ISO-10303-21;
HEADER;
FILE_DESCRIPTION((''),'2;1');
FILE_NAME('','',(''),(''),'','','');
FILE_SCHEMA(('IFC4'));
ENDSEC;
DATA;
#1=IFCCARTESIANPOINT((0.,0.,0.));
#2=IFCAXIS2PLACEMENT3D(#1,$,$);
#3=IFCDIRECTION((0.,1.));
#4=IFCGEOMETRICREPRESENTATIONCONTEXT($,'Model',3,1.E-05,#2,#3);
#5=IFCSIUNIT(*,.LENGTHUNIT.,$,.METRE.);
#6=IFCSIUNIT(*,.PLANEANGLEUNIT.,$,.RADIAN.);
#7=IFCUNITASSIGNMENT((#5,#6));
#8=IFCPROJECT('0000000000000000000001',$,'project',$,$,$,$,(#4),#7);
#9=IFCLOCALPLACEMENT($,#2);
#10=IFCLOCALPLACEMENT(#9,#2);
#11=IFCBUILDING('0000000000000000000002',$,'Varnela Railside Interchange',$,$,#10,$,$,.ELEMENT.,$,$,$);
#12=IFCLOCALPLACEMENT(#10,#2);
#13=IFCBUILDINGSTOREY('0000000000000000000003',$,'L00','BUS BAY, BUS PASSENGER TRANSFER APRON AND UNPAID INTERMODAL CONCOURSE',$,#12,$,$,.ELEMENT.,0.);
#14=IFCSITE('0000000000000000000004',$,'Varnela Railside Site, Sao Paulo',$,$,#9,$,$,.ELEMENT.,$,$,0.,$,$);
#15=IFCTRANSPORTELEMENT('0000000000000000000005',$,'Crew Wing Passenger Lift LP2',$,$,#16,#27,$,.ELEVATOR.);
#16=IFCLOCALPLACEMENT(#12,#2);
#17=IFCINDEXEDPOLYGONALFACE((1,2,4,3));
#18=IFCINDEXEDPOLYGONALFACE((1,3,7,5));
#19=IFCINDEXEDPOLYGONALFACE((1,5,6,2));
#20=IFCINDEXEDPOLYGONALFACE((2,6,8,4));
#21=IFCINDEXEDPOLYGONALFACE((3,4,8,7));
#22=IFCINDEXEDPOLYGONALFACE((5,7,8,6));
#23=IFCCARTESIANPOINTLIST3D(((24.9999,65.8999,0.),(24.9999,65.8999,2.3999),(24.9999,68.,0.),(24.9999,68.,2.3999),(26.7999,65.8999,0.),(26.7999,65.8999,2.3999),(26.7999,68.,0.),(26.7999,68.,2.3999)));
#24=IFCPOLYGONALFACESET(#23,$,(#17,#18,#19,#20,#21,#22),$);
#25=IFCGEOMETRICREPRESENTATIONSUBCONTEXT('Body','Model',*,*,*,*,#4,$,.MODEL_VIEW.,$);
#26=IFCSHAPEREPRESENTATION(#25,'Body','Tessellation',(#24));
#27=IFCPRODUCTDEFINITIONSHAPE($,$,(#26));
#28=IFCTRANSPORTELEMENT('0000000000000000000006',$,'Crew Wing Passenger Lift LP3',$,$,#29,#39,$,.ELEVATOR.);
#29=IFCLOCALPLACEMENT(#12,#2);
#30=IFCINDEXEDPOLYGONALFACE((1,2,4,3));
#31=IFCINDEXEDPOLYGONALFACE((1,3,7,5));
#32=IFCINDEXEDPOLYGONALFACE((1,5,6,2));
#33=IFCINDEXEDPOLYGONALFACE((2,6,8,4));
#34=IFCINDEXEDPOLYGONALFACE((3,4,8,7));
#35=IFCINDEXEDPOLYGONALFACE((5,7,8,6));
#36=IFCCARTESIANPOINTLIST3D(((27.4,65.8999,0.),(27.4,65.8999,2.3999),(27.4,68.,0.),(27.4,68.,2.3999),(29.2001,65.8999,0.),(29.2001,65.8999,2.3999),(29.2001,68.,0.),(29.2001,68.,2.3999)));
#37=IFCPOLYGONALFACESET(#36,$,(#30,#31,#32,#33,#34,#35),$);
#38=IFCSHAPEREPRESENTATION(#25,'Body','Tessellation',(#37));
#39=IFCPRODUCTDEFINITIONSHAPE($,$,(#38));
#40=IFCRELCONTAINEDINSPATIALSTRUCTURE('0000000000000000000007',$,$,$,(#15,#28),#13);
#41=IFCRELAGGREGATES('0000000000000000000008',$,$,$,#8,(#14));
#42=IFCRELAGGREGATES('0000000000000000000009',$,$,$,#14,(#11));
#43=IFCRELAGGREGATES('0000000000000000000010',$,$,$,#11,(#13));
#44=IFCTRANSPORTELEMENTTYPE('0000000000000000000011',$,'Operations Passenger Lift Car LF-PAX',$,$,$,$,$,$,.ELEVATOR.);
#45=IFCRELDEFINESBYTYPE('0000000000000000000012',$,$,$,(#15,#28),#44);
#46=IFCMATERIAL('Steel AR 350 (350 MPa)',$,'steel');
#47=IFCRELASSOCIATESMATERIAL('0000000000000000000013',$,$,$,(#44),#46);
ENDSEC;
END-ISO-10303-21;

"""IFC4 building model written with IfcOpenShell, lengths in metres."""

from ifc_helpers import new_model, si_unit, direction, frame, origin, origin_2d, place, context, subcontext, project, spatial, rectangle, extrude, material, type_object, element, save


model = new_model("IFC4")

# Units and contexts
model_context = context("Model", 3, precision=1e-05, world=origin(), true_north=direction((0.0, 1.0)))
body_context = subcontext(model_context, "Body", "Model", "MODEL_VIEW")
ifc_project = project(units=[si_unit("LENGTHUNIT", "METRE"), si_unit("PLANEANGLEUNIT", "RADIAN")], contexts=[model_context])

# Site, building, storey
site_placement = place(None, origin())
site = spatial("IfcSite", under=ifc_project, at=site_placement, Name="Varnela Railside Site, Sao Paulo", CompositionType="ELEMENT", RefElevation=0.0)
building_placement = place(site_placement, origin())
building = spatial("IfcBuilding", under=site, at=building_placement, Name="Varnela Railside Interchange", CompositionType="ELEMENT")
storey_placement = place(building_placement, origin())
storey = spatial("IfcBuildingStorey", under=building, at=storey_placement, Name="L00", Description="BUS BAY, BUS PASSENGER TRANSFER APRON AND UNPAID INTERMODAL CONCOURSE", CompositionType="ELEMENT", Elevation=0.0)

# Shared definitions
ifc_material_1 = material(Name="Steel AR 350 (350 MPa)", Category="steel")

# Transport elements
transport_element_type = type_object("IfcTransportElementType", Name="Operations Passenger Lift Car LF-PAX", PredefinedType="ELEVATOR", material=ifc_material_1)
for number, where, z_axis, x_axis, name in (
    (1, (25.8999, 66.95, 0.0), (0.0, 0.0, 1.0), (1.0, 0.0, 0.0), "Crew Wing Passenger Lift LP2"),
    (2, (28.3, 66.95, 0.0), (0.0, 0.0, 1.0), (1.0, 0.0, 0.0), "Crew Wing Passenger Lift LP3"),
):
    element("IfcTransportElement", number, at=place(storey_placement, frame(where, z_axis=z_axis, x_axis=x_axis)), inside=storey, type_object=transport_element_type, Name=name, PredefinedType="ELEVATOR", context=body_context, shape_type="SweptSolid", body=[
        extrude(rectangle(XDim=1.8, YDim=2.1001, at=origin_2d()), origin(), (0.0, 0.0, 1.0), 2.3999),
    ])

save(model, "model.ifc")
